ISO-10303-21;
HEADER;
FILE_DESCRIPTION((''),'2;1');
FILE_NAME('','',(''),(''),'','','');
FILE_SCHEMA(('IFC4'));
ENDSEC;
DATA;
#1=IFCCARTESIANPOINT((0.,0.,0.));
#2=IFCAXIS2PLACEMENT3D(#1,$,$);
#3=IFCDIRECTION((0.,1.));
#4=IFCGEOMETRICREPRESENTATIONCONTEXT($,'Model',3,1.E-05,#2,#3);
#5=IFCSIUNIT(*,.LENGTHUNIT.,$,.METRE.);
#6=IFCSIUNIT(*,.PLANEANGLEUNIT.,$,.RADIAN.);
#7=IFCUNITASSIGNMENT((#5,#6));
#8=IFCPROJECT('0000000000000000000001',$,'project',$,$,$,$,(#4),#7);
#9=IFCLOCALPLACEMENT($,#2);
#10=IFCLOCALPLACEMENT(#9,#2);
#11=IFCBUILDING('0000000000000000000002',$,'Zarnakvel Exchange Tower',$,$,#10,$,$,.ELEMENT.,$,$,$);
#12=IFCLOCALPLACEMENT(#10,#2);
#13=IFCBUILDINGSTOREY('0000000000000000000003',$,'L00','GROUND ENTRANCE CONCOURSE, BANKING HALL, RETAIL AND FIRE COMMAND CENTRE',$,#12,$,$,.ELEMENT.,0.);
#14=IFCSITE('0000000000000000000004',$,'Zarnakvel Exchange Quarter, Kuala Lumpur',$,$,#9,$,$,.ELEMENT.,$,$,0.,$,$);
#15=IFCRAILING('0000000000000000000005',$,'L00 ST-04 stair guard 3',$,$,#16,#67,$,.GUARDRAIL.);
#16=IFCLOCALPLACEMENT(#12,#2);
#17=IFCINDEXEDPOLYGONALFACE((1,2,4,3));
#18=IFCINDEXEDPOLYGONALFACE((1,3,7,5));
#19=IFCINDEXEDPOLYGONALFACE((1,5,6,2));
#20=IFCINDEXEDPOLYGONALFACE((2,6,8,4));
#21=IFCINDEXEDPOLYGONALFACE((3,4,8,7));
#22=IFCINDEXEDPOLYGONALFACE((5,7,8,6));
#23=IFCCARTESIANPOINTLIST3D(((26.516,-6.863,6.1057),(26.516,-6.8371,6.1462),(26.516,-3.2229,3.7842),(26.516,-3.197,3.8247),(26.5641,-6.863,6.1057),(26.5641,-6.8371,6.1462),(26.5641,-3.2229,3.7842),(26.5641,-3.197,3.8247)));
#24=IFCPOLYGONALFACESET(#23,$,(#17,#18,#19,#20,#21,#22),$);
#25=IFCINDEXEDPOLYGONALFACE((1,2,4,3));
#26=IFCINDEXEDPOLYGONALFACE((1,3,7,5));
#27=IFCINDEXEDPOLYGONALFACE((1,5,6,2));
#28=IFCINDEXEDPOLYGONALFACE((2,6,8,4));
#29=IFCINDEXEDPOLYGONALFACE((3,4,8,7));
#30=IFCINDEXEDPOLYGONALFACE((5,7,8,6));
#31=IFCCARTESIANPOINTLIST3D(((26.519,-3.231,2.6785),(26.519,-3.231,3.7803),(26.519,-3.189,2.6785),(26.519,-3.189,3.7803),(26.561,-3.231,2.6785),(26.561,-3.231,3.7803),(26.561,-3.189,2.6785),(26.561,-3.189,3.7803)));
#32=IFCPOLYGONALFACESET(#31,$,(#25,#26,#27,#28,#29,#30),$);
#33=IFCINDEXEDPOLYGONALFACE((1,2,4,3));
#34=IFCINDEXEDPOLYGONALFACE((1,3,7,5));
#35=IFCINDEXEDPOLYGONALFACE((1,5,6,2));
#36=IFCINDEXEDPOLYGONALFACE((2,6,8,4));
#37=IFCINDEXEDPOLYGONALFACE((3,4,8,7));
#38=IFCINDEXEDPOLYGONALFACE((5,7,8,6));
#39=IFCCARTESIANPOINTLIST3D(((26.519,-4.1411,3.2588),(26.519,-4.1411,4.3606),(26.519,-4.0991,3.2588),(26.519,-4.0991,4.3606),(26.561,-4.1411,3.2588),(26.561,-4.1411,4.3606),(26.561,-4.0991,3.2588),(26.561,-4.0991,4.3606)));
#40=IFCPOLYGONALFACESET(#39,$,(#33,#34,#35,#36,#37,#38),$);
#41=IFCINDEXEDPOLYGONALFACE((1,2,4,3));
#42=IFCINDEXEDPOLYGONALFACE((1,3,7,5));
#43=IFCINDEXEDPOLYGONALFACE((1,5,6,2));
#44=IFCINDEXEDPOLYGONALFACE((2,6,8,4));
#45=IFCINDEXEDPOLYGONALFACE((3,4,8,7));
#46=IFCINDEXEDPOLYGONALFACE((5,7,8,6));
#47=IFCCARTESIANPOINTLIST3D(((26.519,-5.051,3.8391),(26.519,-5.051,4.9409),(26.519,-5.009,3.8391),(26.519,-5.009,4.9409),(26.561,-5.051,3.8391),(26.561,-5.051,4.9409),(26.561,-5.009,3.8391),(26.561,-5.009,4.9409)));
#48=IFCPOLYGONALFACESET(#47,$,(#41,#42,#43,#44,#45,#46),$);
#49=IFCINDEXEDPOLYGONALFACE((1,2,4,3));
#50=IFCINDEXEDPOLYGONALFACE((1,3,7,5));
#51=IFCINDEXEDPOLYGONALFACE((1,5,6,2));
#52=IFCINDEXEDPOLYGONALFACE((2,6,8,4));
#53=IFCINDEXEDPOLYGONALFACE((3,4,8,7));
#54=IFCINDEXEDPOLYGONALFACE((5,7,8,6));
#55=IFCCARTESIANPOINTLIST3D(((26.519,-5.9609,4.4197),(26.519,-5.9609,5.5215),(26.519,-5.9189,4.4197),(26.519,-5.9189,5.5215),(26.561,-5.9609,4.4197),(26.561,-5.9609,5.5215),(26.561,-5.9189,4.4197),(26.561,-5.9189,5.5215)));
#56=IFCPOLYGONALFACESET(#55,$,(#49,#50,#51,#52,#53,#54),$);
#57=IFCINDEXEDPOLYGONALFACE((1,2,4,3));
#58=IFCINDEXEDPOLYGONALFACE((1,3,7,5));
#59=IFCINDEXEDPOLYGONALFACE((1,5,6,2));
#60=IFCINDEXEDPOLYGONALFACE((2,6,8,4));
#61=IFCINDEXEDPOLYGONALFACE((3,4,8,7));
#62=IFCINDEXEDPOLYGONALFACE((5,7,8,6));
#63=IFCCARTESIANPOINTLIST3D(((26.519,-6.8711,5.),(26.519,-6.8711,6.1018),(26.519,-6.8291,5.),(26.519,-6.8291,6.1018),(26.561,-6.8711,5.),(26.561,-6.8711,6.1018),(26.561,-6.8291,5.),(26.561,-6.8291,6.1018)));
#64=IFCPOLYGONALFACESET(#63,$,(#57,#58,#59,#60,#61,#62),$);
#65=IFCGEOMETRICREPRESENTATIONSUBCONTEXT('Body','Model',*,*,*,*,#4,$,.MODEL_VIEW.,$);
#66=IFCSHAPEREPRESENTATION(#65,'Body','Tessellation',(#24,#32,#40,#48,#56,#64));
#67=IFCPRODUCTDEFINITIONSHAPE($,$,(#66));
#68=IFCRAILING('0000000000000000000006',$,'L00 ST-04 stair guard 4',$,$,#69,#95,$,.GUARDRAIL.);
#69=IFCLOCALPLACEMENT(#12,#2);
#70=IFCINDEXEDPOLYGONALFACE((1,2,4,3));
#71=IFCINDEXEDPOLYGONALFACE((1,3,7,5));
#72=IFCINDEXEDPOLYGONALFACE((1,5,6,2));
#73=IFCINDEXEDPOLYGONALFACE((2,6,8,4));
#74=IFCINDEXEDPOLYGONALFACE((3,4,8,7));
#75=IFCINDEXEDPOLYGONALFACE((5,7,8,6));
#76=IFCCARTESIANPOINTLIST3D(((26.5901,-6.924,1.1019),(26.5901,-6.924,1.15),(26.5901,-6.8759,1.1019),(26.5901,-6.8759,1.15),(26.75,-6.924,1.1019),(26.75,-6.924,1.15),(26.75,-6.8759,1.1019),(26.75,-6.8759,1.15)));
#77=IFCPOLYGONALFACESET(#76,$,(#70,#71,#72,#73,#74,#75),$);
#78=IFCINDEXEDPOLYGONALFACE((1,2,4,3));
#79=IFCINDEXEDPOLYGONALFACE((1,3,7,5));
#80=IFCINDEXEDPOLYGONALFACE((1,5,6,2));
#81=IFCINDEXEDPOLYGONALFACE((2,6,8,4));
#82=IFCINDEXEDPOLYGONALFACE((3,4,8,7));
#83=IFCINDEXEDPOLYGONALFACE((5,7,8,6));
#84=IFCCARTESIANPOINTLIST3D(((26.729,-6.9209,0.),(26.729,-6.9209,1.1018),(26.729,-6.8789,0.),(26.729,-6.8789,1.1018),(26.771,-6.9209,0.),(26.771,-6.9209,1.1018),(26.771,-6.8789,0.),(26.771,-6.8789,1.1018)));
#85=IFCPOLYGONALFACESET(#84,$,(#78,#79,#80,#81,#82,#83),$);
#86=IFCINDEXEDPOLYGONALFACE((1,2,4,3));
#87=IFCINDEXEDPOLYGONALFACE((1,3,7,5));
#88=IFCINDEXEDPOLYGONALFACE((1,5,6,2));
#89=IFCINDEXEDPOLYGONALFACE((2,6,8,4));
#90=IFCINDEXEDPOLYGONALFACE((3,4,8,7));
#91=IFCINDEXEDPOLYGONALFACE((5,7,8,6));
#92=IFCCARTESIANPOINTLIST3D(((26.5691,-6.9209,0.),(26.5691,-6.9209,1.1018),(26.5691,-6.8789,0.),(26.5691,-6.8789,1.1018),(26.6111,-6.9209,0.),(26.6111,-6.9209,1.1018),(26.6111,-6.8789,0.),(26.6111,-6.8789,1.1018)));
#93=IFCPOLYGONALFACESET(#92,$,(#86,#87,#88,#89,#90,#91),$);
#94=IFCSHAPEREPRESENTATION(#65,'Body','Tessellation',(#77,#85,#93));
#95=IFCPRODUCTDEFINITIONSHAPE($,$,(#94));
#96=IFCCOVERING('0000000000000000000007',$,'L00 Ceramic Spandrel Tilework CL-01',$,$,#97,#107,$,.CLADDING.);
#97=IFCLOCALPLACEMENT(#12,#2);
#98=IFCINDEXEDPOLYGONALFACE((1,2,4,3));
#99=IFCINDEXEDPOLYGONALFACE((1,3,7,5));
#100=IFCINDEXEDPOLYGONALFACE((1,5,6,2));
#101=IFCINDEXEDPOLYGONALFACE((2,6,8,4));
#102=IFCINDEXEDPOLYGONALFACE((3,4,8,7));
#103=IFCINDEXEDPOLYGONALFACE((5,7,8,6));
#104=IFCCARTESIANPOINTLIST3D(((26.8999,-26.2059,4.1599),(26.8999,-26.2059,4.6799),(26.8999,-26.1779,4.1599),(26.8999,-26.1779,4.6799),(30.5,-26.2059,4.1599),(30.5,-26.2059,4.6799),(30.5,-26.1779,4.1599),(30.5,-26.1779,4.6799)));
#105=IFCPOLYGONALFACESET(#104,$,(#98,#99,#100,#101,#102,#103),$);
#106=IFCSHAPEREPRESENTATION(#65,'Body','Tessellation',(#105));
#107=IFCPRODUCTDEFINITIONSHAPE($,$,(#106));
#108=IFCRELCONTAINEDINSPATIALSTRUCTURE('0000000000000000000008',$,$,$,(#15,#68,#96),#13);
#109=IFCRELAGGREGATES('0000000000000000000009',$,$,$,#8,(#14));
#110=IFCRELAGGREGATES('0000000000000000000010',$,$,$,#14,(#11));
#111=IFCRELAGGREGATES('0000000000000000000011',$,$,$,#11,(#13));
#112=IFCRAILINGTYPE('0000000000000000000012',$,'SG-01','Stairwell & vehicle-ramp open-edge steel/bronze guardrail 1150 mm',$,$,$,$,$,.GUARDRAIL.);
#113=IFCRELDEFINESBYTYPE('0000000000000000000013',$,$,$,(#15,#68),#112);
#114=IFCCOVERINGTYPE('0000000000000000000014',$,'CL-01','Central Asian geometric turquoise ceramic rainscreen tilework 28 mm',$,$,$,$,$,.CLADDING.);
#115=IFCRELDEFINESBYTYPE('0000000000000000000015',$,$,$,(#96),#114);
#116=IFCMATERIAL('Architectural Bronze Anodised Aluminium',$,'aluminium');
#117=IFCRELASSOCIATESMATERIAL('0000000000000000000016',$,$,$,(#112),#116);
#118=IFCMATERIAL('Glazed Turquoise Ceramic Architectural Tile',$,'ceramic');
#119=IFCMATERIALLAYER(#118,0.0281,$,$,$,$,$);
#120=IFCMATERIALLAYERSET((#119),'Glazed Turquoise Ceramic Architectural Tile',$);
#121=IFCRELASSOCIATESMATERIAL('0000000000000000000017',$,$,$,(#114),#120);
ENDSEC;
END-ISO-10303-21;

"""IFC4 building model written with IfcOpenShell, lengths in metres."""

from ifc_helpers import new_model, si_unit, direction, frame, origin, origin_2d, place, context, subcontext, project, spatial, rectangle, extrude, source, transform, mapped, material, layer, layer_set, type_object, element, save


model = new_model("IFC4")

# Units and contexts
model_context = context("Model", 3, precision=1e-05, world=origin(), true_north=direction((0.0, 1.0)))
body_context = subcontext(model_context, "Body", "Model", "MODEL_VIEW")
ifc_project = project(units=[si_unit("LENGTHUNIT", "METRE"), si_unit("PLANEANGLEUNIT", "RADIAN")], contexts=[model_context])

# Site, building, storey
site_placement = place(None, origin())
site = spatial("IfcSite", under=ifc_project, at=site_placement, Name="Zarnakvel Exchange Quarter, Kuala Lumpur", CompositionType="ELEMENT", RefElevation=0.0)
building_placement = place(site_placement, origin())
building = spatial("IfcBuilding", under=site, at=building_placement, Name="Zarnakvel Exchange Tower", CompositionType="ELEMENT")
storey_placement = place(building_placement, origin())
storey = spatial("IfcBuildingStorey", under=building, at=storey_placement, Name="L00", Description="GROUND ENTRANCE CONCOURSE, BANKING HALL, RETAIL AND FIRE COMMAND CENTRE", CompositionType="ELEMENT", Elevation=0.0)

# Shared definitions
ifc_material_1 = material(Name="Architectural Bronze Anodised Aluminium", Category="aluminium")

# Railings
railing_type_1 = type_object("IfcRailingType", Name="SG-01", Description="Stairwell & vehicle-ramp open-edge steel/bronze guardrail 1150 mm", PredefinedType="GUARDRAIL", material=ifc_material_1)
railing_1_placement = place(storey_placement, frame((26.54, -3.21, 2.6785)))
element("IfcRailing", 1, at=railing_1_placement, inside=storey, type_object=railing_type_1, Name="L00 ST-04 stair guard 3", PredefinedType="GUARDRAIL", context=body_context, shape_type="SweptSolid", body=[
    extrude(rectangle(XDim=0.0481, YDim=0.0481, at=origin_2d()), frame((0.0, 0.0, 1.126), z_axis=(0.0, -0.843128, 0.537713), x_axis=(1.0, 0.0, 0.0)), (0.0, 0.0, 1.0), 4.3174),
    extrude(rectangle(XDim=0.042, YDim=0.042, at=origin_2d()), origin(), (0.0, 0.0, 1.0), 1.1018),
    extrude(rectangle(XDim=0.042, YDim=0.042, at=origin_2d()), frame((0.0, -0.9102, 0.5803)), (0.0, 0.0, 1.0), 1.1018),
    extrude(rectangle(XDim=0.042, YDim=0.042, at=origin_2d()), frame((0.0, -1.8201, 1.1606)), (0.0, 0.0, 1.0), 1.1018),
    extrude(rectangle(XDim=0.042, YDim=0.042, at=origin_2d()), frame((0.0, -2.73, 1.7412)), (0.0, 0.0, 1.0), 1.1018),
    extrude(rectangle(XDim=0.042, YDim=0.042, at=origin_2d()), frame((0.0, -3.6401, 2.3215)), (0.0, 0.0, 1.0), 1.1018),
])
railing_2_placement = place(storey_placement, frame((26.75, -6.8999, 0.0)))
element("IfcRailing", 2, at=railing_2_placement, inside=storey, type_object=railing_type_1, Name="L00 ST-04 stair guard 4", PredefinedType="GUARDRAIL", context=body_context, shape_type="SweptSolid", body=[
    extrude(rectangle(XDim=0.0481, YDim=0.0481, at=origin_2d()), frame((0.0, 0.0, 1.126), z_axis=(-1.0, 0.0, 0.0), x_axis=(0.0, -1.0, 0.0)), (0.0, 0.0, 1.0), 0.1599),
    extrude(rectangle(XDim=0.042, YDim=0.042, at=origin_2d()), origin(), (0.0, 0.0, 1.0), 1.1018),
    extrude(rectangle(XDim=0.042, YDim=0.042, at=origin_2d()), frame((-0.1599, 0.0, 0.0)), (0.0, 0.0, 1.0), 1.1018),
])

# Covering
ifc_material_2 = material(Name="Glazed Turquoise Ceramic Architectural Tile", Category="ceramic")
ifc_layer_1 = layer(ifc_material_2, 0.0281)
ifc_layer_set_1 = layer_set([ifc_layer_1], Name="Glazed Turquoise Ceramic Architectural Tile")
covering_type = type_object("IfcCoveringType", Name="CL-01", Description="Central Asian geometric turquoise ceramic rainscreen tilework 28 mm", PredefinedType="CLADDING", material=ifc_layer_set_1)
shared_shape_1 = source(origin(), body_context, "Body", "SweptSolid", [
    extrude(rectangle(XDim=3.6001, YDim=0.0281, at=origin_2d()), origin(), (0.0, 0.0, 1.0), 0.52),
])
covering_placement = place(storey_placement, frame((28.7, -26.1919, 4.1599), z_axis=(0.0, 0.0, 1.0), x_axis=(-1.0, 0.0, 0.0)))
element("IfcCovering", 3, at=covering_placement, inside=storey, type_object=covering_type, Name="L00 Ceramic Spandrel Tilework CL-01", PredefinedType="CLADDING", context=body_context, shape_type="MappedRepresentation", body=[
    mapped(shared_shape_1, transform((0.0, 0.0, 0.0), x_axis=(1.0, 0.0, 0.0), y_axis=(0.0, 1.0, 0.0), z_axis=(0.0, 0.0, 1.0), scale=1.0)),
])

save(model, "model.ifc")
